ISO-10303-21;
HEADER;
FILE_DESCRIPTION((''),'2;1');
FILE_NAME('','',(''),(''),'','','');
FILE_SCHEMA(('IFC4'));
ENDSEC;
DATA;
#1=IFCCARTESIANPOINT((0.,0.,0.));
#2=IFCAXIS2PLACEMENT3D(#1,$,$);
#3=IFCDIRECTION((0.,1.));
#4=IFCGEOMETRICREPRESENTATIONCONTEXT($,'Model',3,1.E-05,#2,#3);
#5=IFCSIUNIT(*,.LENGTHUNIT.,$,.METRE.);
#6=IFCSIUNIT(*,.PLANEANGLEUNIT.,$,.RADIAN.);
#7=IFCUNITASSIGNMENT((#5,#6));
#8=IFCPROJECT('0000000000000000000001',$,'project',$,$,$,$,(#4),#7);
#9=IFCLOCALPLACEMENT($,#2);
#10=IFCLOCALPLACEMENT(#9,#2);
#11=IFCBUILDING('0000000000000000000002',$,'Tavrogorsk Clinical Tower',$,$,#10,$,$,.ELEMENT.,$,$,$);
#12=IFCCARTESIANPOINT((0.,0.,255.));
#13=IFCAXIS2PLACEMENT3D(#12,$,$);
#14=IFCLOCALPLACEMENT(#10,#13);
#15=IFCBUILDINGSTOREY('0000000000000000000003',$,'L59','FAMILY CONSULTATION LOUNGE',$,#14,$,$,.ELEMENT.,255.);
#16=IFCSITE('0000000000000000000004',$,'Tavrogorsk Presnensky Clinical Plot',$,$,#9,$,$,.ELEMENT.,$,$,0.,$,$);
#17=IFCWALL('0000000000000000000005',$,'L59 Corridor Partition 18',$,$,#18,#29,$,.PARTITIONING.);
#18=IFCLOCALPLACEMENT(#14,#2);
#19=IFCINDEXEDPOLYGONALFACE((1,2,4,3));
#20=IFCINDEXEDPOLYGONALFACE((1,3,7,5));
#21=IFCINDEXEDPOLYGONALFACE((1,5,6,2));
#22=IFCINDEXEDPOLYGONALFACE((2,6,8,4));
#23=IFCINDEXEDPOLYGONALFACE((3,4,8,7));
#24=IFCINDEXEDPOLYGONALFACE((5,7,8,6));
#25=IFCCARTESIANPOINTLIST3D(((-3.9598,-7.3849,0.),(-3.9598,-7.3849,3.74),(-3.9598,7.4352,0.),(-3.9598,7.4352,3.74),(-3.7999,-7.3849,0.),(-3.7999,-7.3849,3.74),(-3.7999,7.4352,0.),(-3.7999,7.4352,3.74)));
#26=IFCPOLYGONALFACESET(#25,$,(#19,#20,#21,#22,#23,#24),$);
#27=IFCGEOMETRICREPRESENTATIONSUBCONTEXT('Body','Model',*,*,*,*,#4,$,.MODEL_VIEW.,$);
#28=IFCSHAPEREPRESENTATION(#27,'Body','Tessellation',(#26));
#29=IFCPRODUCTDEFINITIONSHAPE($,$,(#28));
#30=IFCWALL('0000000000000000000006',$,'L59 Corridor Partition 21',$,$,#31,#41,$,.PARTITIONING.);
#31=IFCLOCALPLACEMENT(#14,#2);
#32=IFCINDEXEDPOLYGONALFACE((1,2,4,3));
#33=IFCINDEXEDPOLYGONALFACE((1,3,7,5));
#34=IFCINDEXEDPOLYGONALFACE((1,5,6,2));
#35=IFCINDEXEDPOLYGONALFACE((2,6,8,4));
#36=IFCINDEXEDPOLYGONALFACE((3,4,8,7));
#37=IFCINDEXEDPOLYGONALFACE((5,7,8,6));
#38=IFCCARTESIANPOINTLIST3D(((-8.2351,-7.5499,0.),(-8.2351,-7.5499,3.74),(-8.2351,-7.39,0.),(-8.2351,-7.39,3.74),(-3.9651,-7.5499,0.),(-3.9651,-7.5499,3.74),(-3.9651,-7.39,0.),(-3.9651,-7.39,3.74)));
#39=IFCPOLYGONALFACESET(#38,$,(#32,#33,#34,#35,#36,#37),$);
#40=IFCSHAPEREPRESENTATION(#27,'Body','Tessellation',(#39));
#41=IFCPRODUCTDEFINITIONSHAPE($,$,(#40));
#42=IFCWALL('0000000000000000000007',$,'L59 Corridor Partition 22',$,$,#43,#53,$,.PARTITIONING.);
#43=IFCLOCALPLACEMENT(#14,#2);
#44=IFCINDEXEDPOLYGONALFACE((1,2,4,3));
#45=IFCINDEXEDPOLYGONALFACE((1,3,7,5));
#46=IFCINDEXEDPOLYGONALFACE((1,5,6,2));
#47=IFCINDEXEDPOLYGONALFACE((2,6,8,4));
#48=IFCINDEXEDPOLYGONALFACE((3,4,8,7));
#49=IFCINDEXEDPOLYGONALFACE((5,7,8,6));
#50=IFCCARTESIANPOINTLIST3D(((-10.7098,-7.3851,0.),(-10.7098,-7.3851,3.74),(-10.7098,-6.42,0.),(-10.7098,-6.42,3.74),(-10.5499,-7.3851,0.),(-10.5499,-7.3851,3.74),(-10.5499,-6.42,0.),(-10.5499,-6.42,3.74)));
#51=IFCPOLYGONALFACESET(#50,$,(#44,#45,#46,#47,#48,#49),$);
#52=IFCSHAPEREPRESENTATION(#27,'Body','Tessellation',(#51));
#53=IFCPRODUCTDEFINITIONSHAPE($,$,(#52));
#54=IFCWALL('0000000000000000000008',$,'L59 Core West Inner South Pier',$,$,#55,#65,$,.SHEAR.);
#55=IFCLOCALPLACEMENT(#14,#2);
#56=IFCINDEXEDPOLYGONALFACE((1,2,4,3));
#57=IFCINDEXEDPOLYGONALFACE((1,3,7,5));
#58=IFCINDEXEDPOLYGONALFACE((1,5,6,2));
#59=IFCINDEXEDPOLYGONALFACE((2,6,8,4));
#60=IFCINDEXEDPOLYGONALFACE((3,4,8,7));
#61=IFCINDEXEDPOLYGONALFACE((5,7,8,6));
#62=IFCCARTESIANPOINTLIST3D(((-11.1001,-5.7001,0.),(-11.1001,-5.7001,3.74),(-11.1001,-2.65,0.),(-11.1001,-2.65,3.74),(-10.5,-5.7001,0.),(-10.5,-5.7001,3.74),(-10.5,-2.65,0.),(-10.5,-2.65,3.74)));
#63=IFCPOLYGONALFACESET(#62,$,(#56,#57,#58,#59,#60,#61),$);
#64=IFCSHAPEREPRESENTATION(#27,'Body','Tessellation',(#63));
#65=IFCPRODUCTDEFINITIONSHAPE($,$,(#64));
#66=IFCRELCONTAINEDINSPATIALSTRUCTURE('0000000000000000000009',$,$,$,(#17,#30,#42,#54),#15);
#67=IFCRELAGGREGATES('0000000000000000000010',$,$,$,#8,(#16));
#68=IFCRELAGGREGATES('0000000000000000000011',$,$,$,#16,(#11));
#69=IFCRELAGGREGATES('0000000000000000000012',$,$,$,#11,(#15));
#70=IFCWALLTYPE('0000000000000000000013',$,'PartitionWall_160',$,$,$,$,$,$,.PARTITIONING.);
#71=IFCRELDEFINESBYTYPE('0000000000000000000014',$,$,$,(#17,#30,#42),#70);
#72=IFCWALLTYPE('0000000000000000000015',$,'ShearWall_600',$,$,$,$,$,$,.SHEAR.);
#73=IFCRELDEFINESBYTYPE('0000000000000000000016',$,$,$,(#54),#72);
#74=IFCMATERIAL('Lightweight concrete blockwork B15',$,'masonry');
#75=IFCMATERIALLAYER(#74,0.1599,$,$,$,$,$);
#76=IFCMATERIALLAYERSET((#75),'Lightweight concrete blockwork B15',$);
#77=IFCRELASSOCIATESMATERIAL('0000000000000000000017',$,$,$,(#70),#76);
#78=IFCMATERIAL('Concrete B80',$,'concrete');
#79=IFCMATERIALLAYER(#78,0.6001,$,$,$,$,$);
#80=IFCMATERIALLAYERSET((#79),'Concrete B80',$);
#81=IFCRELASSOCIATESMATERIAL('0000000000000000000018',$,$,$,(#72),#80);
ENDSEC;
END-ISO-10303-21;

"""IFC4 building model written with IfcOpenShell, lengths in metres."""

from ifc_helpers import new_model, si_unit, direction, frame, frame_2d, origin, place, context, subcontext, project, spatial, rectangle, extrude, material, layer, layer_set, type_object, element, save


model = new_model("IFC4")

# Units and contexts
model_context = context("Model", 3, precision=1e-05, world=origin(), true_north=direction((0.0, 1.0)))
body_context = subcontext(model_context, "Body", "Model", "MODEL_VIEW")
ifc_project = project(units=[si_unit("LENGTHUNIT", "METRE"), si_unit("PLANEANGLEUNIT", "RADIAN")], contexts=[model_context])

# Site, building, storey
site_placement = place(None, origin())
site = spatial("IfcSite", under=ifc_project, at=site_placement, Name="Tavrogorsk Presnensky Clinical Plot", CompositionType="ELEMENT", RefElevation=0.0)
building_placement = place(site_placement, origin())
building = spatial("IfcBuilding", under=site, at=building_placement, Name="Tavrogorsk Clinical Tower", CompositionType="ELEMENT")
storey_placement = place(building_placement, frame((0.0, 0.0, 255.0)))
storey = spatial("IfcBuildingStorey", under=building, at=storey_placement, Name="L59", Description="FAMILY CONSULTATION LOUNGE", CompositionType="ELEMENT", Elevation=255.0)

# Shared definitions
ifc_material_1 = material(Name="Lightweight concrete blockwork B15", Category="masonry")
ifc_layer_1 = layer(ifc_material_1, 0.1599)
ifc_layer_set_1 = layer_set([ifc_layer_1], Name="Lightweight concrete blockwork B15")
wall_type_1 = type_object("IfcWallType", Name="PartitionWall_160", PredefinedType="PARTITIONING", material=ifc_layer_set_1)

# Walls
wall_1_placement = place(storey_placement, frame((-3.8799, -7.385, 0.0), z_axis=(0.0, 0.0, 1.0), x_axis=(0.0, 1.0, 0.0)))
element("IfcWall", 1, at=wall_1_placement, inside=storey, type_object=wall_type_1, Name="L59 Corridor Partition 18", PredefinedType="PARTITIONING", context=body_context, shape_type="SweptSolid", body=[
    extrude(rectangle(XDim=14.8201, YDim=0.1599, at=frame_2d((7.4102, 0.0))), origin(), (0.0, 0.0, 1.0), 3.74),
])
wall_2_placement = place(storey_placement, frame((-8.2351, -7.47, 0.0), z_axis=(0.0, 0.0, 1.0), x_axis=(1.0, 0.0, 0.0)))
element("IfcWall", 2, at=wall_2_placement, inside=storey, type_object=wall_type_1, Name="L59 Corridor Partition 21", PredefinedType="PARTITIONING", context=body_context, shape_type="SweptSolid", body=[
    extrude(rectangle(XDim=4.27, YDim=0.1599, at=frame_2d((2.135, 0.0))), origin(), (0.0, 0.0, 1.0), 3.74),
])
wall_3_placement = place(storey_placement, frame((-10.6299, -7.385, 0.0), z_axis=(0.0, 0.0, 1.0), x_axis=(0.0, 1.0, 0.0)))
element("IfcWall", 3, at=wall_3_placement, inside=storey, type_object=wall_type_1, Name="L59 Corridor Partition 22", PredefinedType="PARTITIONING", context=body_context, shape_type="SweptSolid", body=[
    extrude(rectangle(XDim=0.9651, YDim=0.1599, at=frame_2d((0.4824, 0.0))), origin(), (0.0, 0.0, 1.0), 3.74),
])
ifc_material_2 = material(Name="Concrete B80", Category="concrete")
ifc_layer_2 = layer(ifc_material_2, 0.6001)
ifc_layer_set_2 = layer_set([ifc_layer_2], Name="Concrete B80")
wall_type_2 = type_object("IfcWallType", Name="ShearWall_600", PredefinedType="SHEAR", material=ifc_layer_set_2)
wall_4_placement = place(storey_placement, frame((-10.8, -5.7, 0.0), z_axis=(0.0, 0.0, 1.0), x_axis=(0.0, 1.0, 0.0)))
element("IfcWall", 4, at=wall_4_placement, inside=storey, type_object=wall_type_2, Name="L59 Core West Inner South Pier", PredefinedType="SHEAR", context=body_context, shape_type="SweptSolid", body=[
    extrude(rectangle(XDim=3.05, YDim=0.6001, at=frame_2d((1.5249, 0.0))), origin(), (0.0, 0.0, 1.0), 3.74),
])

save(model, "model.ifc")
